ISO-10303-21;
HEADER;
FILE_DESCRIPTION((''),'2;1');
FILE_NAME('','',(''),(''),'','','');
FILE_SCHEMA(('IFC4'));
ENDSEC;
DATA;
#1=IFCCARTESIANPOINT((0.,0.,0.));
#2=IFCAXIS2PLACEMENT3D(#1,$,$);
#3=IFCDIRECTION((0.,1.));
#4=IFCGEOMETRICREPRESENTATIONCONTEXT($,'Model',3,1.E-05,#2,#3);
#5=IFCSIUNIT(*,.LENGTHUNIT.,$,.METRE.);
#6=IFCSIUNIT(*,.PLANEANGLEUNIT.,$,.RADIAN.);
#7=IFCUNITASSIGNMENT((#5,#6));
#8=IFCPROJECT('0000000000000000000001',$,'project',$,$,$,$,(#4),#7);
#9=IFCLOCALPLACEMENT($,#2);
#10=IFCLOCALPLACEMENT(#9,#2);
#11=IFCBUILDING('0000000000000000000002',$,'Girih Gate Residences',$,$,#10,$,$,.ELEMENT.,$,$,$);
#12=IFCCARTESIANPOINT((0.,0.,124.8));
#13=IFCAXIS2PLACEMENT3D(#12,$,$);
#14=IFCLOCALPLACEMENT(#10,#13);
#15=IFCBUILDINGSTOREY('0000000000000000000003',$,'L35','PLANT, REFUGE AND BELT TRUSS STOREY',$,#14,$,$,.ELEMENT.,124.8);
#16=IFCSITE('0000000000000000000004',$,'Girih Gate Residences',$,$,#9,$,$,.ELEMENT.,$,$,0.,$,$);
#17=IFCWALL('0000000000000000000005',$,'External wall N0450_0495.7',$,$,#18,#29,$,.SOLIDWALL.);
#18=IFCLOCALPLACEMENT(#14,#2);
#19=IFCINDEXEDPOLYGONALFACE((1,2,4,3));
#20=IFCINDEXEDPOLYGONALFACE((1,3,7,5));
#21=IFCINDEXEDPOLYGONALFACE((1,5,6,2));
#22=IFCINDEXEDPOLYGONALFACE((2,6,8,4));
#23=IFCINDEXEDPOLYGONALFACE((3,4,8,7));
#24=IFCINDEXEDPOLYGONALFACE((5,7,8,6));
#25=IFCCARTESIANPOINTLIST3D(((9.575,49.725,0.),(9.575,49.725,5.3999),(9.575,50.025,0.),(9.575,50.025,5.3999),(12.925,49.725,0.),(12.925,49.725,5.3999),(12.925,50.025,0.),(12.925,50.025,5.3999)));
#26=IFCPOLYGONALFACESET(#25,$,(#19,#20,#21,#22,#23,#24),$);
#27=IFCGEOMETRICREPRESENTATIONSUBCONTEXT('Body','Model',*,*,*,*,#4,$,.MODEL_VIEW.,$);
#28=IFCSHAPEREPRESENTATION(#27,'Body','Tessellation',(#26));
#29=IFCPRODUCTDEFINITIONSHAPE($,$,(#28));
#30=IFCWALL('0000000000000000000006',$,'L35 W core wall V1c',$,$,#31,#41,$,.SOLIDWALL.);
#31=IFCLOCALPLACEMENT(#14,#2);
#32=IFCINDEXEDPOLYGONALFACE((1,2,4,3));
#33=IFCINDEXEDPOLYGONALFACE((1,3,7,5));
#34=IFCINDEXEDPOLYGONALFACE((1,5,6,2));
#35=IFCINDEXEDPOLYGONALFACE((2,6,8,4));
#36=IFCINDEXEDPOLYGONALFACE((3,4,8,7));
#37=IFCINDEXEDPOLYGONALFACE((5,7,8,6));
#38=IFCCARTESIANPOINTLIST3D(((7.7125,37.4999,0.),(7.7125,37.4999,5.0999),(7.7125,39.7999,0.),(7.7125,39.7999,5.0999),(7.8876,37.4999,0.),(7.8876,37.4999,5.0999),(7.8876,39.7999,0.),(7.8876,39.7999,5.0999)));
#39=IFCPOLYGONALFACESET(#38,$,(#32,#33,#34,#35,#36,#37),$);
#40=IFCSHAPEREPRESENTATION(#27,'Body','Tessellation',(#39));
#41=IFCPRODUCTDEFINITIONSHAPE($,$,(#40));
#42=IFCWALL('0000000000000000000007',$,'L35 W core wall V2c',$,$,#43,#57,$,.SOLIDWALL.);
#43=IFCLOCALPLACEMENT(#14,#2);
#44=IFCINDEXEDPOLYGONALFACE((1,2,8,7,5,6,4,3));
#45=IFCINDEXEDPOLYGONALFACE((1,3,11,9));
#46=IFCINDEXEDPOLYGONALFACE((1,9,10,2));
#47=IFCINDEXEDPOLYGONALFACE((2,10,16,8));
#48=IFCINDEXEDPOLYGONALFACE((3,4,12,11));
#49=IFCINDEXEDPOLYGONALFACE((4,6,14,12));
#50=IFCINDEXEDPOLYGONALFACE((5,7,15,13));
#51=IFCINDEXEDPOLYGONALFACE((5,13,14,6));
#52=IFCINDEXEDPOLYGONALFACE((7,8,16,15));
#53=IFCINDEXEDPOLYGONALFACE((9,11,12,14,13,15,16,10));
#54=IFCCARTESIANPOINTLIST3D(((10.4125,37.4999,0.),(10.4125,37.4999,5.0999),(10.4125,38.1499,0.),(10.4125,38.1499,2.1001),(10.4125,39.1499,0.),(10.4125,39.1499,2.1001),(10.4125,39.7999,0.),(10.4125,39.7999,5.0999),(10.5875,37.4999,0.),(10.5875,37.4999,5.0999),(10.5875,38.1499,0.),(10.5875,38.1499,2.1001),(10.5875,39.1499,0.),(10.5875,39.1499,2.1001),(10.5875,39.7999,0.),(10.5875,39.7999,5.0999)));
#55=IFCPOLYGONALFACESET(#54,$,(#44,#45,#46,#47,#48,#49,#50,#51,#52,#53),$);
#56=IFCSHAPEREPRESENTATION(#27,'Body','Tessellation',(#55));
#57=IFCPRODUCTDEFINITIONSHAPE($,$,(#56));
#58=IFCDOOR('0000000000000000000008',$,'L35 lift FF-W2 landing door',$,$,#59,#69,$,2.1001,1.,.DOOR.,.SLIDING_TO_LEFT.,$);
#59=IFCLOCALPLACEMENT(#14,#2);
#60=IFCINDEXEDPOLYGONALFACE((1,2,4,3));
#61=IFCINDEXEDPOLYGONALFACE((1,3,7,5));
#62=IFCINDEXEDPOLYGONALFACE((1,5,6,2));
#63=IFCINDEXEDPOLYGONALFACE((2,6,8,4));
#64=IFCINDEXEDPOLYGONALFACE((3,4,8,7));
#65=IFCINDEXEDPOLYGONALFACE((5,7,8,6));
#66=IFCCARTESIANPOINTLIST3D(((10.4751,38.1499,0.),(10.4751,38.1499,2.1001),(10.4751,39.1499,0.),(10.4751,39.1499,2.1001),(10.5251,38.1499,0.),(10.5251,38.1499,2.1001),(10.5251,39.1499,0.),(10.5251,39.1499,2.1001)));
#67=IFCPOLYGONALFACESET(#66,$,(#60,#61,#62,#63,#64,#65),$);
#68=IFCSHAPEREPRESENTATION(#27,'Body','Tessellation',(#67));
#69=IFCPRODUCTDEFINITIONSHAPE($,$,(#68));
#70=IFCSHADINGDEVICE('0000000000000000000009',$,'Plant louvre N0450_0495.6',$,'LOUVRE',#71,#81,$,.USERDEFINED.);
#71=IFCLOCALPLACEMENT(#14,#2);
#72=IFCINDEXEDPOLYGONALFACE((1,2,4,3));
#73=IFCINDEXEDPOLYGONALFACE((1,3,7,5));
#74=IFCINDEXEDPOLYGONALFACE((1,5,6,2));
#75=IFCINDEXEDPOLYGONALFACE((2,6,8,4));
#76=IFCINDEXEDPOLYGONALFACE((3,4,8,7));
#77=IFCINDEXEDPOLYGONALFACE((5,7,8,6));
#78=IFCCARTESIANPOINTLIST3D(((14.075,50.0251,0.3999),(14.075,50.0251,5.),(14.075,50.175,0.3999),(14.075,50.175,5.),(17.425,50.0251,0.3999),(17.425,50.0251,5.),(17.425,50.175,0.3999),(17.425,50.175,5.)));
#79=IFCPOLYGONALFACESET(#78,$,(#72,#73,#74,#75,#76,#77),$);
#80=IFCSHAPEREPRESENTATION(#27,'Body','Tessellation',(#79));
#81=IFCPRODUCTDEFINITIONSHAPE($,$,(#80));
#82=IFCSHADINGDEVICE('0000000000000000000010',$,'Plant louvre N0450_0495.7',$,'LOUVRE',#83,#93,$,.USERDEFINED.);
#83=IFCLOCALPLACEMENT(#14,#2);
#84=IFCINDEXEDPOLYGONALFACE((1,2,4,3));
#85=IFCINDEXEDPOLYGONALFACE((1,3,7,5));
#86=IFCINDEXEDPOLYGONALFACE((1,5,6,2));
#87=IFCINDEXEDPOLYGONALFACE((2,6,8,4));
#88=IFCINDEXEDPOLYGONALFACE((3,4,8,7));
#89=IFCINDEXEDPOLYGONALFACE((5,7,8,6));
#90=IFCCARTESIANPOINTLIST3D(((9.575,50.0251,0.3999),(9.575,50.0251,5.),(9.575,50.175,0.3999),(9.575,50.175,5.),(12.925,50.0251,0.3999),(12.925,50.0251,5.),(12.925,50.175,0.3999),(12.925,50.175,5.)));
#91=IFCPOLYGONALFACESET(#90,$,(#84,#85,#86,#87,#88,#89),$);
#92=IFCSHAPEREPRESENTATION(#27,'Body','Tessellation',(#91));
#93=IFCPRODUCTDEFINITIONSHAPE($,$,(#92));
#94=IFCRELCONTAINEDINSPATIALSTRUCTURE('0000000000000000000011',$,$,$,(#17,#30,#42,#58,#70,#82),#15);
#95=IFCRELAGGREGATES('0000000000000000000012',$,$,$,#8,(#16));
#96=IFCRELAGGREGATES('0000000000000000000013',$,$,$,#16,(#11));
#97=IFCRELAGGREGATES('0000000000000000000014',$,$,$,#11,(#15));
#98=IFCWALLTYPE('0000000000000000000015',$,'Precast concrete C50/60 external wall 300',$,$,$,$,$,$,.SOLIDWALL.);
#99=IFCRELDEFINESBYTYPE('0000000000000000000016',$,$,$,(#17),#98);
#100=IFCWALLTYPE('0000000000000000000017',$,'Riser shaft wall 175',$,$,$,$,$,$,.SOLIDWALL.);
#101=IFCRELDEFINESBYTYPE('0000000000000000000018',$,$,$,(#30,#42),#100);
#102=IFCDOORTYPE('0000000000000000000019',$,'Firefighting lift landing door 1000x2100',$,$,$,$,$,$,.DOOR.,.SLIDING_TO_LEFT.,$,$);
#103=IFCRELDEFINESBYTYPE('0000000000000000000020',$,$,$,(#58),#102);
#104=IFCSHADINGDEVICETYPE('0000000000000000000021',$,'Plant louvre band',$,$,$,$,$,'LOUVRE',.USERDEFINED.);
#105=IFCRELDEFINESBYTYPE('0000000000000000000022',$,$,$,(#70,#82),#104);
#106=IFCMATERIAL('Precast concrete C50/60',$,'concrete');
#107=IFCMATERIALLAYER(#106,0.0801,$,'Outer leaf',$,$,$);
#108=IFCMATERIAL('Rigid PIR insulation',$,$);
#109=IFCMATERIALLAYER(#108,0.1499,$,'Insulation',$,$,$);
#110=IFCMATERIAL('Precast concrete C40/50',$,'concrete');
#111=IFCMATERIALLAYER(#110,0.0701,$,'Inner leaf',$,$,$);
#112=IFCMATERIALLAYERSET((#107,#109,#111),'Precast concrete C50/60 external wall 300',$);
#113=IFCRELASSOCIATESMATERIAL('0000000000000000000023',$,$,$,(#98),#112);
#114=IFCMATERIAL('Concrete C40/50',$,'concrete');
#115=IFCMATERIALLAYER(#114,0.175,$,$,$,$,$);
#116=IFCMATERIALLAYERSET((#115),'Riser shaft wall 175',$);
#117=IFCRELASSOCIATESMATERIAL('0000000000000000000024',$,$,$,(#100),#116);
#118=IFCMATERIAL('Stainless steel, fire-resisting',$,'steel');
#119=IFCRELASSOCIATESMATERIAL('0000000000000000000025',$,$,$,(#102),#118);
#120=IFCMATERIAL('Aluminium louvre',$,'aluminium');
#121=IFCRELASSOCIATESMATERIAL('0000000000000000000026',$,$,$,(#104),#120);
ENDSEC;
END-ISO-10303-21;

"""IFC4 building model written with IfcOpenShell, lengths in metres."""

from ifc_helpers import new_model, si_unit, direction, frame, frame_2d, origin, origin_2d, place, context, subcontext, project, spatial, rectangle, extrude, material, layer, layer_set, type_object, element, fill, save


model = new_model("IFC4")

# Units and contexts
model_context = context("Model", 3, precision=1e-05, world=origin(), true_north=direction((0.0, 1.0)))
body_context = subcontext(model_context, "Body", "Model", "MODEL_VIEW")
ifc_project = project(units=[si_unit("LENGTHUNIT", "METRE"), si_unit("PLANEANGLEUNIT", "RADIAN")], contexts=[model_context])

# Site, building, storey
site_placement = place(None, origin())
site = spatial("IfcSite", under=ifc_project, at=site_placement, Name="Girih Gate Residences", CompositionType="ELEMENT", RefElevation=0.0)
building_placement = place(site_placement, origin())
building = spatial("IfcBuilding", under=site, at=building_placement, Name="Girih Gate Residences", CompositionType="ELEMENT")
storey_placement = place(building_placement, frame((0.0, 0.0, 124.8)))
storey = spatial("IfcBuildingStorey", under=building, at=storey_placement, Name="L35", Description="PLANT, REFUGE AND BELT TRUSS STOREY", CompositionType="ELEMENT", Elevation=124.8)

# Walls
ifc_material_1 = material(Name="Precast concrete C50/60", Category="concrete")
ifc_layer_1 = layer(ifc_material_1, 0.0801, Name="Outer leaf")
ifc_material_2 = material(Name="Rigid PIR insulation")
ifc_layer_2 = layer(ifc_material_2, 0.1499, Name="Insulation")
ifc_material_3 = material(Name="Precast concrete C40/50", Category="concrete")
ifc_layer_3 = layer(ifc_material_3, 0.0701, Name="Inner leaf")
ifc_layer_set_1 = layer_set([ifc_layer_1, ifc_layer_2, ifc_layer_3], Name="Precast concrete C50/60 external wall 300")
wall_type_1 = type_object("IfcWallType", Name="Precast concrete C50/60 external wall 300", PredefinedType="SOLIDWALL", material=ifc_layer_set_1)
for number, where, z_axis, x_axis, name in (
    (1, (9.575, 49.875, 0.0), (0.0, 0.0, 1.0), (1.0, 0.0, 0.0), "External wall N0450_0495.7"),
):
    element("IfcWall", number, at=place(storey_placement, frame(where, z_axis=z_axis, x_axis=x_axis)), inside=storey, type_object=wall_type_1, Name=name, PredefinedType="SOLIDWALL", context=body_context, shape_type="SweptSolid", body=[
        extrude(rectangle(XDim=3.3501, YDim=0.3, at=frame_2d((1.675, 0.0))), origin(), (0.0, 0.0, 1.0), 5.3999),
    ])
ifc_material_4 = material(Name="Concrete C40/50", Category="concrete")
ifc_layer_4 = layer(ifc_material_4, 0.175)
ifc_layer_set_2 = layer_set([ifc_layer_4], Name="Riser shaft wall 175")
wall_type_2 = type_object("IfcWallType", Name="Riser shaft wall 175", PredefinedType="SOLIDWALL", material=ifc_layer_set_2)
wall_1_placement = place(storey_placement, frame((7.8, 37.5, 0.0), z_axis=(0.0, 0.0, 1.0), x_axis=(0.0, 1.0, 0.0)))
element("IfcWall", 2, at=wall_1_placement, inside=storey, type_object=wall_type_2, Name="L35 W core wall V1c", PredefinedType="SOLIDWALL", context=body_context, shape_type="SweptSolid", body=[
    extrude(rectangle(XDim=2.3, YDim=0.175, at=frame_2d((1.1499, 0.0))), origin(), (0.0, 0.0, 1.0), 5.0999),
])

# Wall, opening, door
wall_2_placement = place(storey_placement, frame((10.5, 37.5, 0.0), z_axis=(0.0, 0.0, 1.0), x_axis=(0.0, 1.0, 0.0)))
wall_2 = element("IfcWall", 3, at=wall_2_placement, inside=storey, type_object=wall_type_2, Name="L35 W core wall V2c", PredefinedType="SOLIDWALL", context=body_context, shape_type="SweptSolid", body=[
    extrude(rectangle(XDim=2.3, YDim=0.175, at=frame_2d((1.1499, 0.0))), origin(), (0.0, 0.0, 1.0), 5.0999),
])
opening_1_placement = place(wall_2_placement, frame((0.6499, 0.0, 0.0)))
opening_1 = element("IfcOpeningElement", 4, at=opening_1_placement, cuts=wall_2, PredefinedType="OPENING", context=body_context, shape_type="SweptSolid", body=[
    extrude(rectangle(XDim=1.0, YDim=2.1001, at=frame_2d((0.5, 1.05))), frame((0.0, 0.0974, 0.0), z_axis=(0.0, -1.0, 0.0), x_axis=(1.0, 0.0, 0.0)), (0.0, 0.0, 1.0), 0.1951),
])
ifc_material_5 = material(Name="Stainless steel, fire-resisting", Category="steel")
door_type_1 = type_object("IfcDoorType", Name="Firefighting lift landing door 1000x2100", OperationType="SLIDING_TO_LEFT", PredefinedType="DOOR", material=ifc_material_5)
door_1_placement = place(opening_1_placement, origin())
door_1 = element("IfcDoor", 5, at=door_1_placement, inside=storey, type_object=door_type_1, Name="L35 lift FF-W2 landing door", OperationType="SLIDING_TO_LEFT", OverallHeight=2.1001, OverallWidth=1.0, PredefinedType="DOOR", context=body_context, shape_type="SweptSolid", body=[
    extrude(rectangle(XDim=1.0, YDim=2.1001, at=frame_2d((0.5, 1.05))), frame((0.0, 0.0249, 0.0), z_axis=(0.0, -1.0, 0.0), x_axis=(1.0, 0.0, 0.0)), (0.0, 0.0, 1.0), 0.05),
])
fill(opening_1, door_1)

# Shading devices
ifc_material_6 = material(Name="Aluminium louvre", Category="aluminium")
shading_device_type = type_object("IfcShadingDeviceType", Name="Plant louvre band", ElementType="LOUVRE", PredefinedType="USERDEFINED", material=ifc_material_6)
for number, where, z_axis, x_axis, name in (
    (6, (15.75, 50.1001, 0.3999), (0.0, 0.0, 1.0), (-1.0, 0.0, 0.0), "Plant louvre N0450_0495.6"),
    (7, (11.25, 50.1001, 0.3999), (0.0, 0.0, 1.0), (-1.0, 0.0, 0.0), "Plant louvre N0450_0495.7"),
):
    element("IfcShadingDevice", number, at=place(storey_placement, frame(where, z_axis=z_axis, x_axis=x_axis)), inside=storey, type_object=shading_device_type, Name=name, ObjectType="LOUVRE", PredefinedType="USERDEFINED", context=body_context, shape_type="SweptSolid", body=[
        extrude(rectangle(XDim=3.3501, YDim=0.1499, at=origin_2d()), origin(), (0.0, 0.0, 1.0), 4.6001),
    ])

save(model, "model.ifc")
